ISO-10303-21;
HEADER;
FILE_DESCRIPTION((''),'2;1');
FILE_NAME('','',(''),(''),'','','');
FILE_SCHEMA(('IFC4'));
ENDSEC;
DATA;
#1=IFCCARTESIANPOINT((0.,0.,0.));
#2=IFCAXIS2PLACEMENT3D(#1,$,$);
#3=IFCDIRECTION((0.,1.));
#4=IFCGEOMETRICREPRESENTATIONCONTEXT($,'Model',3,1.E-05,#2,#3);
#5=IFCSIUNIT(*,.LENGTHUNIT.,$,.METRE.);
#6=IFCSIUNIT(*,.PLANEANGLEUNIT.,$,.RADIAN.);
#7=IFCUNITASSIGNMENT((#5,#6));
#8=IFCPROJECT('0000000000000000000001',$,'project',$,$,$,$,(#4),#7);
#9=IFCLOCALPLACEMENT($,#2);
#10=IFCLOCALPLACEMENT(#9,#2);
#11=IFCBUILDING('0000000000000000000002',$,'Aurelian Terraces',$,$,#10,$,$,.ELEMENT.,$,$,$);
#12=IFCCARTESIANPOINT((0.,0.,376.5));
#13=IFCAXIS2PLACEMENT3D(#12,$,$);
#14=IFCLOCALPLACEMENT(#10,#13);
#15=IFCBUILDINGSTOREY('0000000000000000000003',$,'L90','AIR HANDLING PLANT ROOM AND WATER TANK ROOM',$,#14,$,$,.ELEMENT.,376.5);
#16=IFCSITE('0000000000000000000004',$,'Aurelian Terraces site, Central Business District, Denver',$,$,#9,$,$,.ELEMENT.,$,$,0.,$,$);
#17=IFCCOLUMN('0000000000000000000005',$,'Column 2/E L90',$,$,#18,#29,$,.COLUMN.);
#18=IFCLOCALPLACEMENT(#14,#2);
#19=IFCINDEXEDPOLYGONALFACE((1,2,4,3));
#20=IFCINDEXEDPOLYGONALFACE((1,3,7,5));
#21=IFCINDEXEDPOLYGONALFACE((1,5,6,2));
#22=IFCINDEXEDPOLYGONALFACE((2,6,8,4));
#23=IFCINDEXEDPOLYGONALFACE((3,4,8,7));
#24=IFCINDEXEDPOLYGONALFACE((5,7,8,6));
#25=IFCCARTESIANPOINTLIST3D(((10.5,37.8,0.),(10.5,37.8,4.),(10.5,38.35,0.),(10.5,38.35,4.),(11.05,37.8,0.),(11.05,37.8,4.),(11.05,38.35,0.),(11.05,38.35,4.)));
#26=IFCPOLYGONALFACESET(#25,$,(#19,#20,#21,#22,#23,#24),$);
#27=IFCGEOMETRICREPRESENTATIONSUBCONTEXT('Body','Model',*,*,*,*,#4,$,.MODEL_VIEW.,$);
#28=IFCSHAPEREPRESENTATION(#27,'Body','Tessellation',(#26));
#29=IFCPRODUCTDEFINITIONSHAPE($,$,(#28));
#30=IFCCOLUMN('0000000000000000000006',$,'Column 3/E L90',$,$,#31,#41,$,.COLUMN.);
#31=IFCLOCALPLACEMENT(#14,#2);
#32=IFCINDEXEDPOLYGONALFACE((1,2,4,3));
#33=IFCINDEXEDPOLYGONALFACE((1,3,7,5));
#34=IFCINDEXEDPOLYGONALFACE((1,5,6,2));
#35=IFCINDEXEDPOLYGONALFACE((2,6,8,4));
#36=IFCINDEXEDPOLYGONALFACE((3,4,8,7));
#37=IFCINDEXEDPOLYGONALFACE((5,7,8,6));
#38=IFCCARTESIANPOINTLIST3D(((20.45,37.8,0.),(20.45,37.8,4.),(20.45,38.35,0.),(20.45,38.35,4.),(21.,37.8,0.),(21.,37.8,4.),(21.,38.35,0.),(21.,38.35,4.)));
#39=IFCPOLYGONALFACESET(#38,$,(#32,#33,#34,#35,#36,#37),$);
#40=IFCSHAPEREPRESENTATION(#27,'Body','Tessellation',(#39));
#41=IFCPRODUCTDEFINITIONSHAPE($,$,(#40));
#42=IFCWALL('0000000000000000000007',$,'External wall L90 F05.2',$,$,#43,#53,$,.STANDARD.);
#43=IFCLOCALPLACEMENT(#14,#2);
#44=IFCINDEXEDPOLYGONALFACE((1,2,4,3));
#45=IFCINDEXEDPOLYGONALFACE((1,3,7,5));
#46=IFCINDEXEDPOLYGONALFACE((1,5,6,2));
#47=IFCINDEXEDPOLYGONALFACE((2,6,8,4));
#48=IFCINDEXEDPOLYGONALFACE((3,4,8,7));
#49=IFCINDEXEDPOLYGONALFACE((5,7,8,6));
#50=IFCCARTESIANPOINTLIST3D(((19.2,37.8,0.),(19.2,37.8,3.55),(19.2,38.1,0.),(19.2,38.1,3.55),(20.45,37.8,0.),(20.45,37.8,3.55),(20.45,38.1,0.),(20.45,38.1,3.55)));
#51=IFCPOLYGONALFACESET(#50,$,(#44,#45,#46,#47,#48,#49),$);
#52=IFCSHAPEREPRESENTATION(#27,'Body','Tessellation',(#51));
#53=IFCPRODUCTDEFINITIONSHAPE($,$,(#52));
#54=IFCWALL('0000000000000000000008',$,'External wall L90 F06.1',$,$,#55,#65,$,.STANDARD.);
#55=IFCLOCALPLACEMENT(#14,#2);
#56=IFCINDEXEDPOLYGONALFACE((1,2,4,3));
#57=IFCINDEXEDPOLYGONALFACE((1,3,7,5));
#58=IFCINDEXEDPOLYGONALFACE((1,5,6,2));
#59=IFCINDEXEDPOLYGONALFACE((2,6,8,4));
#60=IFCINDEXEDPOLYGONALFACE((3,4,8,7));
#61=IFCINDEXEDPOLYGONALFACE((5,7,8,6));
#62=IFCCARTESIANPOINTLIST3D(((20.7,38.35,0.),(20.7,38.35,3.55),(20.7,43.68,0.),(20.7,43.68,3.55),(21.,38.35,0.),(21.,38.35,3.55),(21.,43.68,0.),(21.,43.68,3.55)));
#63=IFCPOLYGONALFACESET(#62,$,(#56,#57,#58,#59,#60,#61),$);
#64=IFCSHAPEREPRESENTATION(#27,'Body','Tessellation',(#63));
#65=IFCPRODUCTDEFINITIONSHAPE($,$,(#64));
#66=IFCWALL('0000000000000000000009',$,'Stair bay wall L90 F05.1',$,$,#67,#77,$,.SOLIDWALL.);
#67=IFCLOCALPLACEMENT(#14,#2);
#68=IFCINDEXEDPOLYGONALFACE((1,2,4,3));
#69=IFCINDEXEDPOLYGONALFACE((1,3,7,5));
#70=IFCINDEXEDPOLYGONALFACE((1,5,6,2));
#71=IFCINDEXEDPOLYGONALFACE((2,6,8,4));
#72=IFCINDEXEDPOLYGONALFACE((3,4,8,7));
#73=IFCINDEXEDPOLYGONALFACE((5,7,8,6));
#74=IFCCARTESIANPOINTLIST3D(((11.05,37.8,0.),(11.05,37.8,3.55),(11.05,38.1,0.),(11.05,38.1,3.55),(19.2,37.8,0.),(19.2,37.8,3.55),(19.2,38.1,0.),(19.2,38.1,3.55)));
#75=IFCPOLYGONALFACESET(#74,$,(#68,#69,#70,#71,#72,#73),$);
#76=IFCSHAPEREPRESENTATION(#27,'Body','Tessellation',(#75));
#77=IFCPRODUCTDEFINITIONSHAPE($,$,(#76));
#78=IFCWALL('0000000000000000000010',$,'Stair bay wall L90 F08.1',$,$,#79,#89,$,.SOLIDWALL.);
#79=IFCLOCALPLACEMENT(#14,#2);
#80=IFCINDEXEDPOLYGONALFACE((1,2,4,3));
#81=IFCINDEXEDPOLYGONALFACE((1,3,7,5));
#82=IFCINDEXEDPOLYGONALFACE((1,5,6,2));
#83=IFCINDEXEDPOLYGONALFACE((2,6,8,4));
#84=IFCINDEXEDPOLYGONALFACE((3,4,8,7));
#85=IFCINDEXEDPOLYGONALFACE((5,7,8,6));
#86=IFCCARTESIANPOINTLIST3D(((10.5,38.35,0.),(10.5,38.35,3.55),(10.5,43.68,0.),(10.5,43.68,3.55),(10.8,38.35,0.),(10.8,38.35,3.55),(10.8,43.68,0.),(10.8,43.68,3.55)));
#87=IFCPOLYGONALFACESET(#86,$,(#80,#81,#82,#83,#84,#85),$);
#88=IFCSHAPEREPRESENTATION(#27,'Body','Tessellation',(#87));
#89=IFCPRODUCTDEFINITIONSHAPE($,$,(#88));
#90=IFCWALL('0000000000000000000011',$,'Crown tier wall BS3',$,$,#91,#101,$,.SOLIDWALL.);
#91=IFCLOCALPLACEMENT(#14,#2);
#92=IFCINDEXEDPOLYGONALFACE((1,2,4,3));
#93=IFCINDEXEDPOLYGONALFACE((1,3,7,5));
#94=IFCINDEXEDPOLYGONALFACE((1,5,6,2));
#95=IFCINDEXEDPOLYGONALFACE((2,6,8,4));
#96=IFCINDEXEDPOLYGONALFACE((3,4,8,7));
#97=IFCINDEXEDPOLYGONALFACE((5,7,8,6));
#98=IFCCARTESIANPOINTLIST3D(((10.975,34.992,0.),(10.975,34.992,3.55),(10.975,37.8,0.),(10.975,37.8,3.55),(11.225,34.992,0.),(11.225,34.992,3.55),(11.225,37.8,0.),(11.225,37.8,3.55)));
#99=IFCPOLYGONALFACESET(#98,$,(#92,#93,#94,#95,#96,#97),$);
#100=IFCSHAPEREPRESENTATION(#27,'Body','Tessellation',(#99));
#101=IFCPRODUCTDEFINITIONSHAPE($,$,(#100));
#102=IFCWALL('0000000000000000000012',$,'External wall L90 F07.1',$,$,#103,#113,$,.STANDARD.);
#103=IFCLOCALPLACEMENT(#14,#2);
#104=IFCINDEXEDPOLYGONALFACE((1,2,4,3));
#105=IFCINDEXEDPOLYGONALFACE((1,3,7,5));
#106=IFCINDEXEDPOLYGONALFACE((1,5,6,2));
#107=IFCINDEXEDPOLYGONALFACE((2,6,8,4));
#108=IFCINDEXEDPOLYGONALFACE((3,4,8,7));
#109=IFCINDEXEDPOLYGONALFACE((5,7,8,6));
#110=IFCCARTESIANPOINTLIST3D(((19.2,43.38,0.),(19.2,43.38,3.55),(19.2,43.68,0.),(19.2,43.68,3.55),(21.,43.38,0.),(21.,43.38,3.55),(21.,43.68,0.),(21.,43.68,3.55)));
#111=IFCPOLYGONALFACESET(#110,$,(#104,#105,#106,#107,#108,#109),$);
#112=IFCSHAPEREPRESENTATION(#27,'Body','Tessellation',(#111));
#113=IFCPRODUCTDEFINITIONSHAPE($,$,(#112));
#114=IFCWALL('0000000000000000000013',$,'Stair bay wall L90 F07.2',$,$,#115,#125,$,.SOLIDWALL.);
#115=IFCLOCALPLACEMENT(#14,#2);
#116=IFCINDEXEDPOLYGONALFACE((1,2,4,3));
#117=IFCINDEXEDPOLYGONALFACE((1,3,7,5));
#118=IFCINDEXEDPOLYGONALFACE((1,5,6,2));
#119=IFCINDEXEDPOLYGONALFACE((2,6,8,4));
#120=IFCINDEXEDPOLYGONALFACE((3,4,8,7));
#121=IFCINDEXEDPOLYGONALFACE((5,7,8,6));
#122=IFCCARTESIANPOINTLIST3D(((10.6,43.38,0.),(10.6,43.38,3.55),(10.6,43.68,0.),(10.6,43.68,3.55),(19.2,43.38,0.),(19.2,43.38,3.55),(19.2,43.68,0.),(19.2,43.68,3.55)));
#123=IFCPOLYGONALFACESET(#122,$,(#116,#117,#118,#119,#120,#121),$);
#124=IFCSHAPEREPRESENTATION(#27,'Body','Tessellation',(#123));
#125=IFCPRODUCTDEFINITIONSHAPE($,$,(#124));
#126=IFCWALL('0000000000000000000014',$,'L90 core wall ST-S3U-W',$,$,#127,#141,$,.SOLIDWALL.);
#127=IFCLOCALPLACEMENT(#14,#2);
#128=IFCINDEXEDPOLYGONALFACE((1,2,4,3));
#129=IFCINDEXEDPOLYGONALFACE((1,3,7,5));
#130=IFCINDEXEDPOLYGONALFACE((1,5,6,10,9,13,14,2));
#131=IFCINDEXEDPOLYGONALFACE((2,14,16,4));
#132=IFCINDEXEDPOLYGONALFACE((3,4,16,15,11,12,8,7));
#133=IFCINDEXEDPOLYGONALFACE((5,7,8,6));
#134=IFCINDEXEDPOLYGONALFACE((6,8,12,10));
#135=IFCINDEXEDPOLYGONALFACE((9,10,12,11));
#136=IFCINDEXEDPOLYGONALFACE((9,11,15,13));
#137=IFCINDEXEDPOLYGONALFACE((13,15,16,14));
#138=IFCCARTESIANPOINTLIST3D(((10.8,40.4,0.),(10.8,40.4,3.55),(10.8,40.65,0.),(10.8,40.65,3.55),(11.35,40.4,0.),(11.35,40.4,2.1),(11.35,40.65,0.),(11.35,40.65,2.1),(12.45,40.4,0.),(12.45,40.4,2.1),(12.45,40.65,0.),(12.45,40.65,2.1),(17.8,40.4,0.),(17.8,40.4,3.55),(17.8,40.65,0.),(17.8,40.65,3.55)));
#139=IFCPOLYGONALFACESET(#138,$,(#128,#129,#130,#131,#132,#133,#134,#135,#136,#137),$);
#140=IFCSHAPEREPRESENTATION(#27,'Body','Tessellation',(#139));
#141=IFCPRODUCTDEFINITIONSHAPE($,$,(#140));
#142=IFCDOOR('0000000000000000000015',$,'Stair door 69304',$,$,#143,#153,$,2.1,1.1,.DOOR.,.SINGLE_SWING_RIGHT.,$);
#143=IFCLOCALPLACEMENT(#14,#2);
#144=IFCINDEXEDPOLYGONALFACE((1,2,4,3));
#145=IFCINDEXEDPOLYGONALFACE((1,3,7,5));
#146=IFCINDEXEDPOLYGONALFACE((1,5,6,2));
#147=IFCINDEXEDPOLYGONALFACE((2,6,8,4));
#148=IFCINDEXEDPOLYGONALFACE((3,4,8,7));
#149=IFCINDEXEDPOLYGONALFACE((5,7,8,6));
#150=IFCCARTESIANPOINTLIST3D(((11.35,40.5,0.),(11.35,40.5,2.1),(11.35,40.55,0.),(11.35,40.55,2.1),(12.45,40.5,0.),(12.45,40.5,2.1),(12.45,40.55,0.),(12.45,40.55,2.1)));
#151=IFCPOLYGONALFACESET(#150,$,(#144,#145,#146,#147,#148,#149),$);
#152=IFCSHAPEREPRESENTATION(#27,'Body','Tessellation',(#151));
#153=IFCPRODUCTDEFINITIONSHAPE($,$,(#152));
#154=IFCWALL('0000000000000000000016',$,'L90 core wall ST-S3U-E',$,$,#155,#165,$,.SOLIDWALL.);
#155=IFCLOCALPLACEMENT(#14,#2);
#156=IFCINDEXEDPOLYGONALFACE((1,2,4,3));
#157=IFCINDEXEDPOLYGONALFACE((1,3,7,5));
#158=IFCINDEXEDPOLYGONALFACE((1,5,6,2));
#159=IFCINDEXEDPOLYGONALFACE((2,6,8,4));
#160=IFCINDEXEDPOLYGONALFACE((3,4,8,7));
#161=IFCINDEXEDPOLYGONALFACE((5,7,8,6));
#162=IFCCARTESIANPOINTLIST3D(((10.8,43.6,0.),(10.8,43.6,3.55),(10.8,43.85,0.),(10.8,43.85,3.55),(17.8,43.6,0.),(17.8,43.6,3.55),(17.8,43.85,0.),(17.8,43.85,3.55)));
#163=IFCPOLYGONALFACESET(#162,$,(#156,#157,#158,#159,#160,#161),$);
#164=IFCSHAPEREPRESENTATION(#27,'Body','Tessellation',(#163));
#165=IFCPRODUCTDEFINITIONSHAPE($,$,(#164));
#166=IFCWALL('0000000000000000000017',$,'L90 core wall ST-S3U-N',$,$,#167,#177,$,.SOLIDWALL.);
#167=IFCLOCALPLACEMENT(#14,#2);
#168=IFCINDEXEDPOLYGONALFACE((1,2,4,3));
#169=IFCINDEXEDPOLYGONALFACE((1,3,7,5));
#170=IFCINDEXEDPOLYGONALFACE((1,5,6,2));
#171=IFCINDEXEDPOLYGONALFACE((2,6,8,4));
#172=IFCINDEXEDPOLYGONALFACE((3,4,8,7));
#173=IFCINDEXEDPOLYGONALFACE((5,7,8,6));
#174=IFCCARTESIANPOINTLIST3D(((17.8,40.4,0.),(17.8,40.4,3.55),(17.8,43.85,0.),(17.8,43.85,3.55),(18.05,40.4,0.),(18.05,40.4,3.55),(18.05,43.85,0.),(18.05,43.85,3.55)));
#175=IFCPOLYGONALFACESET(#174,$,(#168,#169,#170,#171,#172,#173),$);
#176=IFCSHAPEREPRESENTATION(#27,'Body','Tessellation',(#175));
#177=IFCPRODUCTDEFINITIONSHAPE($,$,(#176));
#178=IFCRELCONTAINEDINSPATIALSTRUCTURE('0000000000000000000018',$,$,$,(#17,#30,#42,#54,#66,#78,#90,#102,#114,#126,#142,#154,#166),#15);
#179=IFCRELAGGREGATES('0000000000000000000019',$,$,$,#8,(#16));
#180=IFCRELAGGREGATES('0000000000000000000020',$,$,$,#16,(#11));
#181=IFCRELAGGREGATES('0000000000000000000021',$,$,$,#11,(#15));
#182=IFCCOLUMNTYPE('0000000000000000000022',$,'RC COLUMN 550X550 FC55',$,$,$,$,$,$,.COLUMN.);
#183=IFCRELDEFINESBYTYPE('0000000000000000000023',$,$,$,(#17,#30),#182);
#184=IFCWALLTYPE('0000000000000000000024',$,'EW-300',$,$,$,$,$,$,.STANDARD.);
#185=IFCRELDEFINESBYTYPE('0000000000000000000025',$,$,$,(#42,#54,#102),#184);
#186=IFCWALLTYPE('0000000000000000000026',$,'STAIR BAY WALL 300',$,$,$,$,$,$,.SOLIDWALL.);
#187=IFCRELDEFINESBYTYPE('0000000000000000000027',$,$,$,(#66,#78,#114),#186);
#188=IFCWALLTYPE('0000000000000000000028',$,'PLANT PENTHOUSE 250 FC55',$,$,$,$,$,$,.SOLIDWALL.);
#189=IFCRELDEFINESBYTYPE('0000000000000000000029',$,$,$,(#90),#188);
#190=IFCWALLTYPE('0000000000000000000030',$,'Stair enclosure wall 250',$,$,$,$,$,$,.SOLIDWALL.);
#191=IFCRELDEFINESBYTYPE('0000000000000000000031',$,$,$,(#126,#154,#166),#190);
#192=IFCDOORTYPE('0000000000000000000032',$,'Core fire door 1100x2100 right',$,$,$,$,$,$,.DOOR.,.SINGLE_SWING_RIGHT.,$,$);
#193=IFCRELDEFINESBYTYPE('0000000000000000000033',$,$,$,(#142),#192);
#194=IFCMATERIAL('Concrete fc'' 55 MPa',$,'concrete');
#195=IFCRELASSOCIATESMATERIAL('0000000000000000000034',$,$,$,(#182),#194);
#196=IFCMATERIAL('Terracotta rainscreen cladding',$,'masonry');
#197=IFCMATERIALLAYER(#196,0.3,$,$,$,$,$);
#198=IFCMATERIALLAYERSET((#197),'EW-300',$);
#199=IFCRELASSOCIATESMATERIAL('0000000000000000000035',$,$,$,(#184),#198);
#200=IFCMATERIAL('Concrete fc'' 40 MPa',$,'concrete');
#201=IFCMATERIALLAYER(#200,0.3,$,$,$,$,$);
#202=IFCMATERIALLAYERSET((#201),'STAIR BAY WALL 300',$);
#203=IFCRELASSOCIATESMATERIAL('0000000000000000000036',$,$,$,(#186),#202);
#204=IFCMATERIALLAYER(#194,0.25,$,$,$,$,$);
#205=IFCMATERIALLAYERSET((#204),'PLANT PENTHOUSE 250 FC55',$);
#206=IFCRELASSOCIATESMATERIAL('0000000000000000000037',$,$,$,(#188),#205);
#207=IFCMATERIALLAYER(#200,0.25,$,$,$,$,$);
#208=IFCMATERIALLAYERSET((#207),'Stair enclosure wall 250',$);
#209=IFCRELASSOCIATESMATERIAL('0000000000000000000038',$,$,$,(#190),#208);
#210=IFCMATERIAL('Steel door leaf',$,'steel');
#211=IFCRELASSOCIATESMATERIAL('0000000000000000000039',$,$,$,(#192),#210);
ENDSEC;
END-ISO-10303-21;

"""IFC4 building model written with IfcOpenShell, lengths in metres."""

from ifc_helpers import new_model, si_unit, direction, frame, frame_2d, origin, origin_2d, place, context, subcontext, project, spatial, rectangle, extrude, source, transform, mapped, material, layer, layer_set, material_profile, profile_set, type_object, element, fill, save


model = new_model("IFC4")

# Units and contexts
model_context = context("Model", 3, precision=1e-05, world=origin(), true_north=direction((0.0, 1.0)))
body_context = subcontext(model_context, "Body", "Model", "MODEL_VIEW")
ifc_project = project(units=[si_unit("LENGTHUNIT", "METRE"), si_unit("PLANEANGLEUNIT", "RADIAN")], contexts=[model_context])

# Site, building, storey
site_placement = place(None, origin())
site = spatial("IfcSite", under=ifc_project, at=site_placement, Name="Aurelian Terraces site, Central Business District, Denver", CompositionType="ELEMENT", RefElevation=0.0)
building_placement = place(site_placement, origin())
building = spatial("IfcBuilding", under=site, at=building_placement, Name="Aurelian Terraces", CompositionType="ELEMENT")
storey_placement = place(building_placement, frame((0.0, 0.0, 376.5)))
storey = spatial("IfcBuildingStorey", under=building, at=storey_placement, Name="L90", Description="AIR HANDLING PLANT ROOM AND WATER TANK ROOM", CompositionType="ELEMENT", Elevation=376.5)

# Columns
ifc_material_1 = material(Name="Concrete fc' 55 MPa", Category="concrete")
ifc_material_profile = material_profile(ifc_material_1, rectangle(XDim=0.55, YDim=0.55, at=origin_2d()))
ifc_profile_set = profile_set([ifc_material_profile], Name="Concrete fc' 55 MPa")
column_type = type_object("IfcColumnType", Name="RC COLUMN 550X550 FC55", PredefinedType="COLUMN", material=ifc_profile_set)
shared_shape_1 = source(origin(), body_context, "Body", "SweptSolid", [
    extrude(rectangle(XDim=0.55, YDim=0.55, at=origin_2d()), origin(), (0.0, 0.0, 1.0), 4.0),
])
for number, where, z_axis, x_axis, name in (
    (1, (10.775, 38.075, 0.0), (0.0, 0.0, 1.0), (1.0, 0.0, 0.0), "Column 2/E L90"),
    (2, (20.725, 38.075, 0.0), (0.0, 0.0, 1.0), (1.0, 0.0, 0.0), "Column 3/E L90"),
):
    element("IfcColumn", number, at=place(storey_placement, frame(where, z_axis=z_axis, x_axis=x_axis)), inside=storey, type_object=column_type, Name=name, PredefinedType="COLUMN", context=body_context, shape_type="MappedRepresentation", body=[
        mapped(shared_shape_1, transform((0.0, 0.0, 0.0), scale=1.0)),
    ])

# Walls
ifc_material_2 = material(Name="Terracotta rainscreen cladding", Category="masonry")
ifc_layer_1 = layer(ifc_material_2, 0.3)
ifc_layer_set_1 = layer_set([ifc_layer_1], Name="EW-300")
wall_type_1 = type_object("IfcWallType", Name="EW-300", PredefinedType="STANDARD", material=ifc_layer_set_1)
wall_1_placement = place(storey_placement, frame((19.2, 37.95, 0.0), z_axis=(0.0, 0.0, 1.0), x_axis=(1.0, 0.0, 0.0)))
element("IfcWall", 3, at=wall_1_placement, inside=storey, type_object=wall_type_1, Name="External wall L90 F05.2", PredefinedType="STANDARD", context=body_context, shape_type="SweptSolid", body=[
    extrude(rectangle(XDim=1.25, YDim=0.3, at=frame_2d((0.625, 0.0))), origin(), (0.0, 0.0, 1.0), 3.55),
])
wall_2_placement = place(storey_placement, frame((20.85, 38.35, 0.0), z_axis=(0.0, 0.0, 1.0), x_axis=(0.0, 1.0, 0.0)))
element("IfcWall", 4, at=wall_2_placement, inside=storey, type_object=wall_type_1, Name="External wall L90 F06.1", PredefinedType="STANDARD", context=body_context, shape_type="SweptSolid", body=[
    extrude(rectangle(XDim=5.33, YDim=0.3, at=frame_2d((2.665, 0.0))), origin(), (0.0, 0.0, 1.0), 3.55),
])
ifc_material_3 = material(Name="Concrete fc' 40 MPa", Category="concrete")
ifc_layer_2 = layer(ifc_material_3, 0.3)
ifc_layer_set_2 = layer_set([ifc_layer_2], Name="STAIR BAY WALL 300")
wall_type_2 = type_object("IfcWallType", Name="STAIR BAY WALL 300", PredefinedType="SOLIDWALL", material=ifc_layer_set_2)
wall_3_placement = place(storey_placement, frame((11.05, 37.95, 0.0), z_axis=(0.0, 0.0, 1.0), x_axis=(1.0, 0.0, 0.0)))
element("IfcWall", 5, at=wall_3_placement, inside=storey, type_object=wall_type_2, Name="Stair bay wall L90 F05.1", PredefinedType="SOLIDWALL", context=body_context, shape_type="SweptSolid", body=[
    extrude(rectangle(XDim=8.15, YDim=0.3, at=frame_2d((4.075, 0.0))), origin(), (0.0, 0.0, 1.0), 3.55),
])
wall_4_placement = place(storey_placement, frame((10.65, 43.68, 0.0), z_axis=(0.0, 0.0, 1.0), x_axis=(0.0, -1.0, 0.0)))
element("IfcWall", 6, at=wall_4_placement, inside=storey, type_object=wall_type_2, Name="Stair bay wall L90 F08.1", PredefinedType="SOLIDWALL", context=body_context, shape_type="SweptSolid", body=[
    extrude(rectangle(XDim=5.33, YDim=0.3, at=frame_2d((2.665, 0.0))), origin(), (0.0, 0.0, 1.0), 3.55),
])
ifc_layer_3 = layer(ifc_material_1, 0.25)
ifc_layer_set_3 = layer_set([ifc_layer_3], Name="PLANT PENTHOUSE 250 FC55")
wall_type_3 = type_object("IfcWallType", Name="PLANT PENTHOUSE 250 FC55", PredefinedType="SOLIDWALL", material=ifc_layer_set_3)
shared_shape_2 = source(origin(), body_context, "Body", "SweptSolid", [
    extrude(rectangle(XDim=2.808, YDim=0.25, at=frame_2d((1.404, 0.0))), origin(), (0.0, 0.0, 1.0), 3.55),
])
wall_5_placement = place(storey_placement, frame((11.1, 37.8, 0.0), z_axis=(0.0, 0.0, 1.0), x_axis=(0.0, -1.0, 0.0)))
element("IfcWall", 7, at=wall_5_placement, inside=storey, type_object=wall_type_3, Name="Crown tier wall BS3", PredefinedType="SOLIDWALL", context=body_context, shape_type="MappedRepresentation", body=[
    mapped(shared_shape_2, transform((0.0, 0.0, 0.0), scale=1.0)),
])
shared_shape_3 = source(origin(), body_context, "Body", "SweptSolid", [
    extrude(rectangle(XDim=1.8, YDim=0.3, at=frame_2d((0.9, 0.0))), origin(), (0.0, 0.0, 1.0), 3.55),
])
wall_6_placement = place(storey_placement, frame((21.0, 43.53, 0.0), z_axis=(0.0, 0.0, 1.0), x_axis=(-1.0, 0.0, 0.0)))
element("IfcWall", 8, at=wall_6_placement, inside=storey, type_object=wall_type_1, Name="External wall L90 F07.1", PredefinedType="STANDARD", context=body_context, shape_type="MappedRepresentation", body=[
    mapped(shared_shape_3, transform((0.0, 0.0, 0.0), scale=1.0)),
])
shared_shape_4 = source(origin(), body_context, "Body", "SweptSolid", [
    extrude(rectangle(XDim=8.6, YDim=0.3, at=frame_2d((4.3, 0.0))), origin(), (0.0, 0.0, 1.0), 3.55),
])
wall_7_placement = place(storey_placement, frame((19.2, 43.53, 0.0), z_axis=(0.0, 0.0, 1.0), x_axis=(-1.0, 0.0, 0.0)))
element("IfcWall", 9, at=wall_7_placement, inside=storey, type_object=wall_type_2, Name="Stair bay wall L90 F07.2", PredefinedType="SOLIDWALL", context=body_context, shape_type="MappedRepresentation", body=[
    mapped(shared_shape_4, transform((0.0, 0.0, 0.0), scale=1.0)),
])

# Wall, opening, door
ifc_layer_4 = layer(ifc_material_3, 0.25)
ifc_layer_set_4 = layer_set([ifc_layer_4], Name="Stair enclosure wall 250")
wall_type_4 = type_object("IfcWallType", Name="Stair enclosure wall 250", PredefinedType="SOLIDWALL", material=ifc_layer_set_4)
shared_shape_5 = source(origin(), body_context, "Body", "SweptSolid", [
    extrude(rectangle(XDim=7.0, YDim=0.25, at=frame_2d((3.5, 0.0))), origin(), (0.0, 0.0, 1.0), 3.55),
])
wall_8_placement = place(storey_placement, frame((10.8, 40.525, 0.0), z_axis=(0.0, 0.0, 1.0), x_axis=(1.0, 0.0, 0.0)))
wall_8 = element("IfcWall", 10, at=wall_8_placement, inside=storey, type_object=wall_type_4, Name="L90 core wall ST-S3U-W", PredefinedType="SOLIDWALL", context=body_context, shape_type="MappedRepresentation", body=[
    mapped(shared_shape_5, transform((0.0, 0.0, 0.0), scale=1.0)),
])
shared_shape_6 = source(origin(), body_context, "Body", "SweptSolid", [
    extrude(rectangle(XDim=1.1, YDim=2.1, at=frame_2d((0.55, 1.05))), frame((0.0, 0.135, 0.0), z_axis=(0.0, -1.0, 0.0), x_axis=(1.0, 0.0, 0.0)), (0.0, 0.0, 1.0), 0.27),
])
opening_1_placement = place(wall_8_placement, frame((0.55, 0.0, 0.0)))
opening_1 = element("IfcOpeningElement", 11, at=opening_1_placement, cuts=wall_8, PredefinedType="OPENING", context=body_context, shape_type="MappedRepresentation", body=[
    mapped(shared_shape_6, transform((0.0, 0.0, 0.0), scale=1.0)),
])
ifc_material_4 = material(Name="Steel door leaf", Category="steel")
door_type_1 = type_object("IfcDoorType", Name="Core fire door 1100x2100 right", OperationType="SINGLE_SWING_RIGHT", PredefinedType="DOOR", material=ifc_material_4)
shared_shape_7 = source(origin(), body_context, "Body", "SweptSolid", [
    extrude(rectangle(XDim=1.1, YDim=2.1, at=frame_2d((0.55, 1.05))), frame((0.0, 0.025, 0.0), z_axis=(0.0, -1.0, 0.0), x_axis=(1.0, 0.0, 0.0)), (0.0, 0.0, 1.0), 0.05),
])
door_1_placement = place(opening_1_placement, origin())
door_1 = element("IfcDoor", 12, at=door_1_placement, inside=storey, type_object=door_type_1, Name="Stair door 69304", OperationType="SINGLE_SWING_RIGHT", OverallHeight=2.1, OverallWidth=1.1, PredefinedType="DOOR", context=body_context, shape_type="MappedRepresentation", body=[
    mapped(shared_shape_7, transform((0.0, 0.0, 0.0), scale=1.0)),
])
fill(opening_1, door_1)

# Walls
wall_9_placement = place(storey_placement, frame((10.8, 43.725, 0.0), z_axis=(0.0, 0.0, 1.0), x_axis=(1.0, 0.0, 0.0)))
element("IfcWall", 13, at=wall_9_placement, inside=storey, type_object=wall_type_4, Name="L90 core wall ST-S3U-E", PredefinedType="SOLIDWALL", context=body_context, shape_type="MappedRepresentation", body=[
    mapped(shared_shape_5, transform((0.0, 0.0, 0.0), scale=1.0)),
])
shared_shape_8 = source(origin(), body_context, "Body", "SweptSolid", [
    extrude(rectangle(XDim=3.45, YDim=0.25, at=frame_2d((1.725, 0.0))), origin(), (0.0, 0.0, 1.0), 3.55),
])
wall_10_placement = place(storey_placement, frame((17.925, 40.4, 0.0), z_axis=(0.0, 0.0, 1.0), x_axis=(0.0, 1.0, 0.0)))
element("IfcWall", 14, at=wall_10_placement, inside=storey, type_object=wall_type_4, Name="L90 core wall ST-S3U-N", PredefinedType="SOLIDWALL", context=body_context, shape_type="MappedRepresentation", body=[
    mapped(shared_shape_8, transform((0.0, 0.0, 0.0), scale=1.0)),
])

save(model, "model.ifc")
